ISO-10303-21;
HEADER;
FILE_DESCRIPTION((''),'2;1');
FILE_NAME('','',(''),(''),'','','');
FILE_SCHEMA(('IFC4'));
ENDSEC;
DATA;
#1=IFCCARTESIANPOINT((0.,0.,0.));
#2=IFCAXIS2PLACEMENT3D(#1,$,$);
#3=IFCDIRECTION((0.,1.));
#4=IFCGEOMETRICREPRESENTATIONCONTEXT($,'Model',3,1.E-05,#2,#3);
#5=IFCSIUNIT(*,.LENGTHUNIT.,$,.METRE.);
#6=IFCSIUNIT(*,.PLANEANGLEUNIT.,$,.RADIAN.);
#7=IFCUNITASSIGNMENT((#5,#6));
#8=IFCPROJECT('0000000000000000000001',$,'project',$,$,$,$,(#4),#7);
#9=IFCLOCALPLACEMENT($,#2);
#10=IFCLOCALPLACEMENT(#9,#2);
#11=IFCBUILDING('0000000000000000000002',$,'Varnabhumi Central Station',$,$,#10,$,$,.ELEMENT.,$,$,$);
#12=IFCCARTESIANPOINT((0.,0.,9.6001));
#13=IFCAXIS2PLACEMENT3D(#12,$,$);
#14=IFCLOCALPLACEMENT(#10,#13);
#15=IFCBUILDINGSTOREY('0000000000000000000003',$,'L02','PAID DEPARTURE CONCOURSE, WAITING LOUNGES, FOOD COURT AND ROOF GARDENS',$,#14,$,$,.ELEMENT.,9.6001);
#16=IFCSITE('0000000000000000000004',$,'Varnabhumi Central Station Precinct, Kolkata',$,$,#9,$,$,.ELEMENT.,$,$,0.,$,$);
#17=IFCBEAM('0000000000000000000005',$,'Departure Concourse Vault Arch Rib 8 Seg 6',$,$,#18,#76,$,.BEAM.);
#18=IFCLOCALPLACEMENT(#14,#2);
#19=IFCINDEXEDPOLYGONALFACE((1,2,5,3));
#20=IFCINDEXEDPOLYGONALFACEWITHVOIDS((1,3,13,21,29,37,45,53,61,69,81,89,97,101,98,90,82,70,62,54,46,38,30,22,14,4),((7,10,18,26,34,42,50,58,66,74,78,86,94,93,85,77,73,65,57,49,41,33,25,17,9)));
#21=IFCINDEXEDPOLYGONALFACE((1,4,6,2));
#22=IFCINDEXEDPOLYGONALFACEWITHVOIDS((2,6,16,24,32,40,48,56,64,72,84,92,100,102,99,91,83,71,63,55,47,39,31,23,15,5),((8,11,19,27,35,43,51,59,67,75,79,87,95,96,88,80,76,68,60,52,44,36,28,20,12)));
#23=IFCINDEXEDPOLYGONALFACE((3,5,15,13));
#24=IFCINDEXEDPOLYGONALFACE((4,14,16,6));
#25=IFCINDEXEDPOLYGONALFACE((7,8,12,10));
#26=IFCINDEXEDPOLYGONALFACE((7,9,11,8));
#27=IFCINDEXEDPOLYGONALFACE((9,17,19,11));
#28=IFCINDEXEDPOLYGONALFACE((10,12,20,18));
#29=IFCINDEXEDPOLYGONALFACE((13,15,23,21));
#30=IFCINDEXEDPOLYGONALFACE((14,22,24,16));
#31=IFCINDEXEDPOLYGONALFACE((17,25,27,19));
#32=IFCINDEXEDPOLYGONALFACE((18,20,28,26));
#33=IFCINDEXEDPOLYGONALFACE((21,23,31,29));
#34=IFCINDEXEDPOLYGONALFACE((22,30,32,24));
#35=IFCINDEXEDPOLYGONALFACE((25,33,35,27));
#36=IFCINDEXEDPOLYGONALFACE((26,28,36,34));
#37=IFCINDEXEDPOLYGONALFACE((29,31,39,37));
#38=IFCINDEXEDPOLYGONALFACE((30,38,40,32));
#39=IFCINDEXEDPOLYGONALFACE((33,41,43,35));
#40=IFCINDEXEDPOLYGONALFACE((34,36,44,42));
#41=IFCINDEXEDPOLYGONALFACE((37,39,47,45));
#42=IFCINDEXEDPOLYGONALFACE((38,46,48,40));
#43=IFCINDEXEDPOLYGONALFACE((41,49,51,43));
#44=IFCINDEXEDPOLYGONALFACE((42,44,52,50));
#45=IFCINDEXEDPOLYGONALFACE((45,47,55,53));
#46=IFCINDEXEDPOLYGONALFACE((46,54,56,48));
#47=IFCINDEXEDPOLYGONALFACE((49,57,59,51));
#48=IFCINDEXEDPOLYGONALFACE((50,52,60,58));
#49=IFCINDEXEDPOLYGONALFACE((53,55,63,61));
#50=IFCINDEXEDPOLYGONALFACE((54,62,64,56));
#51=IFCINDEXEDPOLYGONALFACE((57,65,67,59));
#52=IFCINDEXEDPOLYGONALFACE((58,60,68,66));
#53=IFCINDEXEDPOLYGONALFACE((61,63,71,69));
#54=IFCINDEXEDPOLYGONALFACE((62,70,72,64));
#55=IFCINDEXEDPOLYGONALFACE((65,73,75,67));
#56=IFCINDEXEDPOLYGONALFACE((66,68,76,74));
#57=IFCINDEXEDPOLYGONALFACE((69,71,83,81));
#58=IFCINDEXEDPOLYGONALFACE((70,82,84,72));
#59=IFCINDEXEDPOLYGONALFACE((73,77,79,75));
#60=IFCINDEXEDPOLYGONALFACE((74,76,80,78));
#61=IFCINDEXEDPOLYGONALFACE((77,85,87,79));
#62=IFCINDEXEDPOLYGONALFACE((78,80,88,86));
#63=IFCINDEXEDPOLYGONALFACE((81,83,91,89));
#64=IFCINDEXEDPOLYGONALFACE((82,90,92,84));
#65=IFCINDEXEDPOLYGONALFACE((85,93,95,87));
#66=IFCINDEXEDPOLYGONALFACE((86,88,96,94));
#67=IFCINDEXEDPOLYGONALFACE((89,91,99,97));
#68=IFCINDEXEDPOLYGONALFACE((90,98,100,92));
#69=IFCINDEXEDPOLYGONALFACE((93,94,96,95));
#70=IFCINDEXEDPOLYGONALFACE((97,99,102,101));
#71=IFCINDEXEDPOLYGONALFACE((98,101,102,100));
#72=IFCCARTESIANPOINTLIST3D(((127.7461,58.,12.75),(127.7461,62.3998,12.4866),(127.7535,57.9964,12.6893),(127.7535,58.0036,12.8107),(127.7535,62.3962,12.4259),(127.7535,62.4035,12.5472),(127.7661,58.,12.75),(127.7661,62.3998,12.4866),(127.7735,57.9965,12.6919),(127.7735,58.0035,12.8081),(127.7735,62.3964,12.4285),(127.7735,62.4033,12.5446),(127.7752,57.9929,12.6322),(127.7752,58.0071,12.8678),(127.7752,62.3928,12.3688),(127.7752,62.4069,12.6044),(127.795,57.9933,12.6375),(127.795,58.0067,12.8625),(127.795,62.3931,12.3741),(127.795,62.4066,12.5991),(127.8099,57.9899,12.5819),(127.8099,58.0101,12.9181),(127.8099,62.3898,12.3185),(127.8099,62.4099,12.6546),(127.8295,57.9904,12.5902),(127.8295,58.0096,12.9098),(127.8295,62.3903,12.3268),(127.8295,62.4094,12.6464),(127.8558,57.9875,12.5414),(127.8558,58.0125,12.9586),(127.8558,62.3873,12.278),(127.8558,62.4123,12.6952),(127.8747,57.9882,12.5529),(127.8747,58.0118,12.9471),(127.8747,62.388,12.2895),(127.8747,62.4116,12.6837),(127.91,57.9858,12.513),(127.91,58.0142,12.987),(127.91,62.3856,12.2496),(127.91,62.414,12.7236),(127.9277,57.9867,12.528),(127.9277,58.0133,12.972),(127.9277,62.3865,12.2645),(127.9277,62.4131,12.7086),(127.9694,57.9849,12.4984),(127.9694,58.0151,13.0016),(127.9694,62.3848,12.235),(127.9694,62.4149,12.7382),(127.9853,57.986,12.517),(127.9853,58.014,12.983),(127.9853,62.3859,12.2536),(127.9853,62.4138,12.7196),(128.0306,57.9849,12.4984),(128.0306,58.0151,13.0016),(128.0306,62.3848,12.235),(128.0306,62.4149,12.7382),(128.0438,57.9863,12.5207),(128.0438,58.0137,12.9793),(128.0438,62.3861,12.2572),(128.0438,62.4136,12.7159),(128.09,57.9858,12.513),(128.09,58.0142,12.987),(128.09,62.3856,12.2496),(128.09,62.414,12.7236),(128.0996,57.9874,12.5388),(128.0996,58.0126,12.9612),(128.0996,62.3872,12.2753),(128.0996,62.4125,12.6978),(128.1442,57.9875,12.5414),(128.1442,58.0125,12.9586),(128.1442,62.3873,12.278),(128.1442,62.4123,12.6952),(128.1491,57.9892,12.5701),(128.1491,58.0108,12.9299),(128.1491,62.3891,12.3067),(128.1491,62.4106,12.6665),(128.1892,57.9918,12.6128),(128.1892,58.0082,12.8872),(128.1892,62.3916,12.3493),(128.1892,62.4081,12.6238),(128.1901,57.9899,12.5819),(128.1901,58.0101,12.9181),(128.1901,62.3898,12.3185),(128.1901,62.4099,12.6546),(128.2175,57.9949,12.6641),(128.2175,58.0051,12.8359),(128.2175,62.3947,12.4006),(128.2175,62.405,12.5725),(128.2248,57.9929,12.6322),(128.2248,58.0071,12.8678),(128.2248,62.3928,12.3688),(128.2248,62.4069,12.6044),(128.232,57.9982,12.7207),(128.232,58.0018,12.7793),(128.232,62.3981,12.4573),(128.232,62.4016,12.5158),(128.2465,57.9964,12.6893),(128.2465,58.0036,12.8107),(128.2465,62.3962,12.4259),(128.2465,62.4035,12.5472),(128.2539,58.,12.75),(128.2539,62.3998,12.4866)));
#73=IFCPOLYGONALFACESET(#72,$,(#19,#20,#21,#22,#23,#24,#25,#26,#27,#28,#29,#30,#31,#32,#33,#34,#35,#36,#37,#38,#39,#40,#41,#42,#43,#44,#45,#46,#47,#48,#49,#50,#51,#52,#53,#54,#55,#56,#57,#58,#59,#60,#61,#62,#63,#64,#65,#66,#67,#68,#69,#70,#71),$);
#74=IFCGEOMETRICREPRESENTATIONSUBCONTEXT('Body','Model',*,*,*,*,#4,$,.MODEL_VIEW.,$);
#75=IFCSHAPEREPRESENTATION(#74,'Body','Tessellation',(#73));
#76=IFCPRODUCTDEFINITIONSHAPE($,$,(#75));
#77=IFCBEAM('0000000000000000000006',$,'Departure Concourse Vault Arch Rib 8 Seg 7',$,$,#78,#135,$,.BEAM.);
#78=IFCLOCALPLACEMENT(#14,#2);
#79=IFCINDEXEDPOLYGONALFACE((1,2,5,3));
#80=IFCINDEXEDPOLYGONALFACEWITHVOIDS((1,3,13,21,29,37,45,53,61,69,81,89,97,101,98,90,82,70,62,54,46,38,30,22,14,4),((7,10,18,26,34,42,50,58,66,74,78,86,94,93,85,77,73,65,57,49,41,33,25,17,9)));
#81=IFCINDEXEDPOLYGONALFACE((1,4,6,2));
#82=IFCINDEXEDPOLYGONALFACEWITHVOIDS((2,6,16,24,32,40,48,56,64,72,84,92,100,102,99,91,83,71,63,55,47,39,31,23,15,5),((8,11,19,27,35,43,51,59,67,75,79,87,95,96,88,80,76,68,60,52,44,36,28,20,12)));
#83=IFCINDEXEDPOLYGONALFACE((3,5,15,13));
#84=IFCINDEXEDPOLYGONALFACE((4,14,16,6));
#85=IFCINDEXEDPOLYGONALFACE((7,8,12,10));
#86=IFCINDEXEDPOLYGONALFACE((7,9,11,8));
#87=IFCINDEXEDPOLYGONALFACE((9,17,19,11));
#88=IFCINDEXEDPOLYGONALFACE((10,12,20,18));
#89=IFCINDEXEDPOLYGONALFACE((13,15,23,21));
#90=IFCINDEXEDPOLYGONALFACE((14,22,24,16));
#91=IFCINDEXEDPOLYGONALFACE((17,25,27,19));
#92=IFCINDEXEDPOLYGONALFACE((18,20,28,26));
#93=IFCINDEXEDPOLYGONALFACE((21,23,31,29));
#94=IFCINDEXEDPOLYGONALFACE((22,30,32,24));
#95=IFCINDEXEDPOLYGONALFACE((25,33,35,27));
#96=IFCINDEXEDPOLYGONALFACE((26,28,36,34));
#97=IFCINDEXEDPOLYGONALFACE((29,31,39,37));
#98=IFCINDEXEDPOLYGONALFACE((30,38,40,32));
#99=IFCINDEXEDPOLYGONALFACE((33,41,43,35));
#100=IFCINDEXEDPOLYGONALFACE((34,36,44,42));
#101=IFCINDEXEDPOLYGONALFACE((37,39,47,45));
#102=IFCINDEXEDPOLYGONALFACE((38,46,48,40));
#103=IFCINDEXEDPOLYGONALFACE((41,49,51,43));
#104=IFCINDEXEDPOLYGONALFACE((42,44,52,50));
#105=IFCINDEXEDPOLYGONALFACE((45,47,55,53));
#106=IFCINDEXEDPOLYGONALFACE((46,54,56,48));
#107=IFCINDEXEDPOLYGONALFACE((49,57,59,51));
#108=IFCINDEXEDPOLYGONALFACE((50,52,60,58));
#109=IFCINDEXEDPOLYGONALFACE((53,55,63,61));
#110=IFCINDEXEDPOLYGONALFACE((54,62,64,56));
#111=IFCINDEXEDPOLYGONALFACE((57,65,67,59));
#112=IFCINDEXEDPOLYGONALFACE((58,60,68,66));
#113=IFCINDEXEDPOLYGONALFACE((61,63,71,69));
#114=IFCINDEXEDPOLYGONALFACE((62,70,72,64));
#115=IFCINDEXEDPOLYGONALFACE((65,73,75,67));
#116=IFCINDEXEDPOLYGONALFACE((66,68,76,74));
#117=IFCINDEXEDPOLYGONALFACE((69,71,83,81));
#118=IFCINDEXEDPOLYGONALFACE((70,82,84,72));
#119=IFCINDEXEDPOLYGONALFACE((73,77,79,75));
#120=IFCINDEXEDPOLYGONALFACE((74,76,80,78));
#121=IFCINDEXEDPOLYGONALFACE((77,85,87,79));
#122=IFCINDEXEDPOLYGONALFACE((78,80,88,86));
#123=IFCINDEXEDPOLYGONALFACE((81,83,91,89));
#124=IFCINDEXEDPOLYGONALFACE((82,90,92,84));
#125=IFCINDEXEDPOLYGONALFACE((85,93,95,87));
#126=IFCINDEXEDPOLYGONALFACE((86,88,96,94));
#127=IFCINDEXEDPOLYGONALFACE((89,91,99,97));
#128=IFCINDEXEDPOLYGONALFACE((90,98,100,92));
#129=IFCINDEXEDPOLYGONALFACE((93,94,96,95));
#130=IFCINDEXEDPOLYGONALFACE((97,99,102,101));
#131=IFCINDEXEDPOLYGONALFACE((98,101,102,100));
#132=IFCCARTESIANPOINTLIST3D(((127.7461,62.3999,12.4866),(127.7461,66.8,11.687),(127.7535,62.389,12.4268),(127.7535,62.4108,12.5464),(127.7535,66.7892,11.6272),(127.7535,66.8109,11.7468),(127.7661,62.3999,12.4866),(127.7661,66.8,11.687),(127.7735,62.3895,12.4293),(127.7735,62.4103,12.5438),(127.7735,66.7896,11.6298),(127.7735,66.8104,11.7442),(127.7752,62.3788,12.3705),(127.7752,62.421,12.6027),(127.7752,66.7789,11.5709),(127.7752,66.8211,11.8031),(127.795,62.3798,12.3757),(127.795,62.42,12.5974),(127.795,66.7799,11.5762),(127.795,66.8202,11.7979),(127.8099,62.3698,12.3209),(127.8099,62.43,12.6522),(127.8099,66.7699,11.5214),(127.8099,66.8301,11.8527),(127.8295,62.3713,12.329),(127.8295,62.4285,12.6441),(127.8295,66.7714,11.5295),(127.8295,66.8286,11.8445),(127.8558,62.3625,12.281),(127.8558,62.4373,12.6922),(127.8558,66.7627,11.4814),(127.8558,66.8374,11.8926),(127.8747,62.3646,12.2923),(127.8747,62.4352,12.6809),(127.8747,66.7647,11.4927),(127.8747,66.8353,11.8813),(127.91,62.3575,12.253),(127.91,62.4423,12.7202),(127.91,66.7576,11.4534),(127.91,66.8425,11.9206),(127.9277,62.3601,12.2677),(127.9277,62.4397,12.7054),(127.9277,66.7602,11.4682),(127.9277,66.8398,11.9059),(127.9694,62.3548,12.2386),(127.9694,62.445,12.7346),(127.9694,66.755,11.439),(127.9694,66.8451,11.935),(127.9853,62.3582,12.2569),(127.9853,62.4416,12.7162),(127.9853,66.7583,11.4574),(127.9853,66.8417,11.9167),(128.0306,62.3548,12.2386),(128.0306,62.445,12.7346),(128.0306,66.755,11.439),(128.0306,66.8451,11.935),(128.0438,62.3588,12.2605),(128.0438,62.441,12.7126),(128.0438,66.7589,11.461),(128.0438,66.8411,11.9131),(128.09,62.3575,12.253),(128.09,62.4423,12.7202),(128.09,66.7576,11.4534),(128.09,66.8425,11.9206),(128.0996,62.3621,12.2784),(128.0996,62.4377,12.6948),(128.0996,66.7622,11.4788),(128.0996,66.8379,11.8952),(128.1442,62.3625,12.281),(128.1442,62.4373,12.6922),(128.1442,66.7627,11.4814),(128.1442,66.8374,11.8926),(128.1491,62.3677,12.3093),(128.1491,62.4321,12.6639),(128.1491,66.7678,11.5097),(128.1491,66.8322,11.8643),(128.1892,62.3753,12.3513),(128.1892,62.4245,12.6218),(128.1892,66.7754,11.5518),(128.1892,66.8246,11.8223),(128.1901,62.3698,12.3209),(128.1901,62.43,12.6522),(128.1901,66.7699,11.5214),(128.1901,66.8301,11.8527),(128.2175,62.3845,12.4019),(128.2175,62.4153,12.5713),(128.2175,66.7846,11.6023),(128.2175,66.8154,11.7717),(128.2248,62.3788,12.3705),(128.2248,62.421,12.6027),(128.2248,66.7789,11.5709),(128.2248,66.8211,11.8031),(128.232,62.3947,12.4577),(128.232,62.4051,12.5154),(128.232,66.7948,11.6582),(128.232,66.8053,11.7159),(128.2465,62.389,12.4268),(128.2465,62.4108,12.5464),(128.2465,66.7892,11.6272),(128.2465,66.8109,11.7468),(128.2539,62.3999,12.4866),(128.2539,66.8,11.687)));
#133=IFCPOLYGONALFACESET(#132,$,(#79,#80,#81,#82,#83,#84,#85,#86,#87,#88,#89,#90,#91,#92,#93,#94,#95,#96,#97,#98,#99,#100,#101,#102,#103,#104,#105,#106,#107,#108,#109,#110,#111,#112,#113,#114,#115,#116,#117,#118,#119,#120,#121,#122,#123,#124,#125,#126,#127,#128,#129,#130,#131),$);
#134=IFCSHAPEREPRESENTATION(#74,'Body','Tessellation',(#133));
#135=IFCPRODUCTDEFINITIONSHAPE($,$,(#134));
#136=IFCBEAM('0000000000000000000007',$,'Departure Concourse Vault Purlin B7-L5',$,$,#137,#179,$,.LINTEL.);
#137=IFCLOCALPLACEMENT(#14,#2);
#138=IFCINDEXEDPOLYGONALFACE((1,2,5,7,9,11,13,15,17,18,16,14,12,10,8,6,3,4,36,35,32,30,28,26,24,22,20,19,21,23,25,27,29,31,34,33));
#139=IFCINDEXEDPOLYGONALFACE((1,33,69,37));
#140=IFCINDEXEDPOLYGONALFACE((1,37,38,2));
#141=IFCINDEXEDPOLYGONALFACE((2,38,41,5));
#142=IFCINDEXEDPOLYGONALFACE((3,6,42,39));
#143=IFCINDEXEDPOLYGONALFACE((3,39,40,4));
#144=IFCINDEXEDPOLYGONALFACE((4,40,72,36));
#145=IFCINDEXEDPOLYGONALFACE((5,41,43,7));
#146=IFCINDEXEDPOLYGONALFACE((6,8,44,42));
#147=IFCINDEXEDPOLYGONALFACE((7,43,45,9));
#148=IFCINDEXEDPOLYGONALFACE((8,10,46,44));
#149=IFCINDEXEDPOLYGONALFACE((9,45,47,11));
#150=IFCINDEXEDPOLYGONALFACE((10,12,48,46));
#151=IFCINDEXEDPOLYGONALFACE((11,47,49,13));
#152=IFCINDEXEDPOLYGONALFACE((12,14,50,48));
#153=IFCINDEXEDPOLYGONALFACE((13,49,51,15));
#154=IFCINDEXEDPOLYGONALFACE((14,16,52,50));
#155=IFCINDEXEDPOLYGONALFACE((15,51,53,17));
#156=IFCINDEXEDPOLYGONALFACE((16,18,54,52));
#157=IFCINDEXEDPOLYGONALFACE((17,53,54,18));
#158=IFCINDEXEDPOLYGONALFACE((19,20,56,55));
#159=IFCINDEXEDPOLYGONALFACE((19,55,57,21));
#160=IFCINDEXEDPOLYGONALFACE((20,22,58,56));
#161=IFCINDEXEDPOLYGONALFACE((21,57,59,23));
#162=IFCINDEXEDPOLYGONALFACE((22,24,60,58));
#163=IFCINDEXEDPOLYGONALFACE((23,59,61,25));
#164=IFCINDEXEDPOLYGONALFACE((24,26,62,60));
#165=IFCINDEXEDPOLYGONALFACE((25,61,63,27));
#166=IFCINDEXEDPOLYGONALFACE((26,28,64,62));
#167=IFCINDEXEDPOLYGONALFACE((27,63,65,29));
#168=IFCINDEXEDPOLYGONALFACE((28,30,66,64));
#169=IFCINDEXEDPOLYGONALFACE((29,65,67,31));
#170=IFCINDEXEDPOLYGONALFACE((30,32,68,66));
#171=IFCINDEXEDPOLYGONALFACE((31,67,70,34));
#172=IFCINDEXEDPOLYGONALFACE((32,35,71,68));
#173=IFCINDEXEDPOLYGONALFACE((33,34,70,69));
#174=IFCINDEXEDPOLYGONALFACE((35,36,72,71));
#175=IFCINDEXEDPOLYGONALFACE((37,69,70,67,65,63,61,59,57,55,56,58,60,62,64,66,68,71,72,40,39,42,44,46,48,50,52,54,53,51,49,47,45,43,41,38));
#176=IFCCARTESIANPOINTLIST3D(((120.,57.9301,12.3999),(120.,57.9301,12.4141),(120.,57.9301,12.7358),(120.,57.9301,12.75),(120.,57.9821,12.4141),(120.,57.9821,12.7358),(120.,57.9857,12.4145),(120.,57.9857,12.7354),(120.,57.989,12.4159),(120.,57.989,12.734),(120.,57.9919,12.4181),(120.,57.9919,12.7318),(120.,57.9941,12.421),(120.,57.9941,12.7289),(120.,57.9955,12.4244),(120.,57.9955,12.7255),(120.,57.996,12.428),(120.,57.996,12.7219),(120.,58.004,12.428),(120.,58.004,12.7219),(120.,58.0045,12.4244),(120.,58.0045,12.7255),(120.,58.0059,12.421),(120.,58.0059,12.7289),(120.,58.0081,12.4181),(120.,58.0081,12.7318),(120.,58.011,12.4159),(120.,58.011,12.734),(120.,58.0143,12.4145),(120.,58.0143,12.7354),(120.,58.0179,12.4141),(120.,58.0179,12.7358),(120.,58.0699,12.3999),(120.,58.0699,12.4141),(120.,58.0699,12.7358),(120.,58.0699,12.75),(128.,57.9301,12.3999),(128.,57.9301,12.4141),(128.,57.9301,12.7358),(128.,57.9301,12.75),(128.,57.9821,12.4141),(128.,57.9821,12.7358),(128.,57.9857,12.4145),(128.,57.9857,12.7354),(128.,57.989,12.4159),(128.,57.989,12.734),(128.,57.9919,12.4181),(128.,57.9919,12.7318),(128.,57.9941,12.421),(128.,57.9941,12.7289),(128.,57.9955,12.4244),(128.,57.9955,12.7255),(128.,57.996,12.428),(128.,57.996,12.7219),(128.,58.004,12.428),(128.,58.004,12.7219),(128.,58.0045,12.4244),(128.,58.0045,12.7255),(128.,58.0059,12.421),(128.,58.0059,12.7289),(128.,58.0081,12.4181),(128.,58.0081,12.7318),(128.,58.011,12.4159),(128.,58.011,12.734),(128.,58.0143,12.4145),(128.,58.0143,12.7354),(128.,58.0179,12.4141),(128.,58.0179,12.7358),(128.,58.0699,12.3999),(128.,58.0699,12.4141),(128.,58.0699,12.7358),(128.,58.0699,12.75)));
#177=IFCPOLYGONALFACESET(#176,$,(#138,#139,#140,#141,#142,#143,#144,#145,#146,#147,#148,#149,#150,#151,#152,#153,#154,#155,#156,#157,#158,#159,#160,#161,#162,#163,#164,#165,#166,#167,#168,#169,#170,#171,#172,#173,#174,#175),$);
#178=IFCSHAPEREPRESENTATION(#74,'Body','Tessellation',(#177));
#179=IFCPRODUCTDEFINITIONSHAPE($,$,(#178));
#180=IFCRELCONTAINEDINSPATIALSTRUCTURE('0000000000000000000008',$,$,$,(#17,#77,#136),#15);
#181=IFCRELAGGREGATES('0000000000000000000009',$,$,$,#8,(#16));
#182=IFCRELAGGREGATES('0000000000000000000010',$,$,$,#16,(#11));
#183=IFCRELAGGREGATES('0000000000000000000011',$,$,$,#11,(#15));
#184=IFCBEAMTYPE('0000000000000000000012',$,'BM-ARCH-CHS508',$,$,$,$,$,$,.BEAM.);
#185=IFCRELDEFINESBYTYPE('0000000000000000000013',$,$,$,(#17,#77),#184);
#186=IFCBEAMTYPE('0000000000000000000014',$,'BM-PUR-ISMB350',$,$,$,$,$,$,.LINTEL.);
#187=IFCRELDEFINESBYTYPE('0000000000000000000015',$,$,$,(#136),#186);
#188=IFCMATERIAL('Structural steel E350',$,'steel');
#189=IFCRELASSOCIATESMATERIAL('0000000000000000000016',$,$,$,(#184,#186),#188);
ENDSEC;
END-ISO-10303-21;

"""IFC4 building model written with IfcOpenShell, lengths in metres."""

from ifc_helpers import new_model, si_unit, direction, frame, origin, origin_2d, place, context, subcontext, project, spatial, hollow_circle, i_section, extrude, material, material_profile, profile_set, type_object, element, save


model = new_model("IFC4")

# Units and contexts
model_context = context("Model", 3, precision=1e-05, world=origin(), true_north=direction((0.0, 1.0)))
body_context = subcontext(model_context, "Body", "Model", "MODEL_VIEW")
ifc_project = project(units=[si_unit("LENGTHUNIT", "METRE"), si_unit("PLANEANGLEUNIT", "RADIAN")], contexts=[model_context])

# Site, building, storey
site_placement = place(None, origin())
site = spatial("IfcSite", under=ifc_project, at=site_placement, Name="Varnabhumi Central Station Precinct, Kolkata", CompositionType="ELEMENT", RefElevation=0.0)
building_placement = place(site_placement, origin())
building = spatial("IfcBuilding", under=site, at=building_placement, Name="Varnabhumi Central Station", CompositionType="ELEMENT")
storey_placement = place(building_placement, frame((0.0, 0.0, 9.6001)))
storey = spatial("IfcBuildingStorey", under=building, at=storey_placement, Name="L02", Description="PAID DEPARTURE CONCOURSE, WAITING LOUNGES, FOOD COURT AND ROOF GARDENS", CompositionType="ELEMENT", Elevation=9.6001)

# Beams
ifc_material_1 = material(Name="Structural steel E350", Category="steel")
ifc_material_profile_1 = material_profile(ifc_material_1, hollow_circle(Radius=0.2539, WallThickness=0.02, at=origin_2d()), Name="Structural steel E350", Category="steel")
ifc_profile_set_1 = profile_set([ifc_material_profile_1], Name="Structural steel E350")
beam_type_1 = type_object("IfcBeamType", Name="BM-ARCH-CHS508", PredefinedType="BEAM", material=ifc_profile_set_1)
for number, where, z_axis, x_axis, name in (
    (1, (128.0, 58.0, 12.75), (0.0, 0.998213, -0.059764), (-1.0, 0.0, 0.0), "Departure Concourse Vault Arch Rib 8 Seg 6"),
):
    element("IfcBeam", number, at=place(storey_placement, frame(where, z_axis=z_axis, x_axis=x_axis)), inside=storey, type_object=beam_type_1, Name=name, PredefinedType="BEAM", context=body_context, shape_type="SweptSolid", body=[
        extrude(hollow_circle(Radius=0.2539, WallThickness=0.02, at=origin_2d()), origin(), (0.0, 0.0, 1.0), 4.4077),
    ])
beam_1_placement = place(storey_placement, frame((128.0, 62.3999, 12.4866), z_axis=(0.0, 0.983888, -0.178785), x_axis=(-1.0, 0.0, 0.0)))
element("IfcBeam", 2, at=beam_1_placement, inside=storey, type_object=beam_type_1, Name="Departure Concourse Vault Arch Rib 8 Seg 7", PredefinedType="BEAM", context=body_context, shape_type="SweptSolid", body=[
    extrude(hollow_circle(Radius=0.2539, WallThickness=0.02, at=origin_2d()), origin(), (0.0, 0.0, 1.0), 4.4722),
])
ifc_material_profile_2 = material_profile(ifc_material_1, i_section(OverallWidth=0.1399, OverallDepth=0.3501, WebThickness=0.0081, FlangeThickness=0.0142, FilletRadius=0.0139, at=origin_2d()), Name="Structural steel E350", Category="steel")
ifc_profile_set_2 = profile_set([ifc_material_profile_2], Name="Structural steel E350")
beam_type_2 = type_object("IfcBeamType", Name="BM-PUR-ISMB350", PredefinedType="LINTEL", material=ifc_profile_set_2)
for number, where, z_axis, x_axis, name in (
    (3, (120.0, 58.0, 12.575), (1.0, 0.0, 0.0), (0.0, 1.0, 0.0), "Departure Concourse Vault Purlin B7-L5"),
):
    element("IfcBeam", number, at=place(storey_placement, frame(where, z_axis=z_axis, x_axis=x_axis)), inside=storey, type_object=beam_type_2, Name=name, PredefinedType="LINTEL", context=body_context, shape_type="SweptSolid", body=[
        extrude(i_section(OverallWidth=0.1399, OverallDepth=0.3501, WebThickness=0.0081, FlangeThickness=0.0142, FilletRadius=0.0139, at=origin_2d()), origin(), (0.0, 0.0, 1.0), 8.0),
    ])

save(model, "model.ifc")
